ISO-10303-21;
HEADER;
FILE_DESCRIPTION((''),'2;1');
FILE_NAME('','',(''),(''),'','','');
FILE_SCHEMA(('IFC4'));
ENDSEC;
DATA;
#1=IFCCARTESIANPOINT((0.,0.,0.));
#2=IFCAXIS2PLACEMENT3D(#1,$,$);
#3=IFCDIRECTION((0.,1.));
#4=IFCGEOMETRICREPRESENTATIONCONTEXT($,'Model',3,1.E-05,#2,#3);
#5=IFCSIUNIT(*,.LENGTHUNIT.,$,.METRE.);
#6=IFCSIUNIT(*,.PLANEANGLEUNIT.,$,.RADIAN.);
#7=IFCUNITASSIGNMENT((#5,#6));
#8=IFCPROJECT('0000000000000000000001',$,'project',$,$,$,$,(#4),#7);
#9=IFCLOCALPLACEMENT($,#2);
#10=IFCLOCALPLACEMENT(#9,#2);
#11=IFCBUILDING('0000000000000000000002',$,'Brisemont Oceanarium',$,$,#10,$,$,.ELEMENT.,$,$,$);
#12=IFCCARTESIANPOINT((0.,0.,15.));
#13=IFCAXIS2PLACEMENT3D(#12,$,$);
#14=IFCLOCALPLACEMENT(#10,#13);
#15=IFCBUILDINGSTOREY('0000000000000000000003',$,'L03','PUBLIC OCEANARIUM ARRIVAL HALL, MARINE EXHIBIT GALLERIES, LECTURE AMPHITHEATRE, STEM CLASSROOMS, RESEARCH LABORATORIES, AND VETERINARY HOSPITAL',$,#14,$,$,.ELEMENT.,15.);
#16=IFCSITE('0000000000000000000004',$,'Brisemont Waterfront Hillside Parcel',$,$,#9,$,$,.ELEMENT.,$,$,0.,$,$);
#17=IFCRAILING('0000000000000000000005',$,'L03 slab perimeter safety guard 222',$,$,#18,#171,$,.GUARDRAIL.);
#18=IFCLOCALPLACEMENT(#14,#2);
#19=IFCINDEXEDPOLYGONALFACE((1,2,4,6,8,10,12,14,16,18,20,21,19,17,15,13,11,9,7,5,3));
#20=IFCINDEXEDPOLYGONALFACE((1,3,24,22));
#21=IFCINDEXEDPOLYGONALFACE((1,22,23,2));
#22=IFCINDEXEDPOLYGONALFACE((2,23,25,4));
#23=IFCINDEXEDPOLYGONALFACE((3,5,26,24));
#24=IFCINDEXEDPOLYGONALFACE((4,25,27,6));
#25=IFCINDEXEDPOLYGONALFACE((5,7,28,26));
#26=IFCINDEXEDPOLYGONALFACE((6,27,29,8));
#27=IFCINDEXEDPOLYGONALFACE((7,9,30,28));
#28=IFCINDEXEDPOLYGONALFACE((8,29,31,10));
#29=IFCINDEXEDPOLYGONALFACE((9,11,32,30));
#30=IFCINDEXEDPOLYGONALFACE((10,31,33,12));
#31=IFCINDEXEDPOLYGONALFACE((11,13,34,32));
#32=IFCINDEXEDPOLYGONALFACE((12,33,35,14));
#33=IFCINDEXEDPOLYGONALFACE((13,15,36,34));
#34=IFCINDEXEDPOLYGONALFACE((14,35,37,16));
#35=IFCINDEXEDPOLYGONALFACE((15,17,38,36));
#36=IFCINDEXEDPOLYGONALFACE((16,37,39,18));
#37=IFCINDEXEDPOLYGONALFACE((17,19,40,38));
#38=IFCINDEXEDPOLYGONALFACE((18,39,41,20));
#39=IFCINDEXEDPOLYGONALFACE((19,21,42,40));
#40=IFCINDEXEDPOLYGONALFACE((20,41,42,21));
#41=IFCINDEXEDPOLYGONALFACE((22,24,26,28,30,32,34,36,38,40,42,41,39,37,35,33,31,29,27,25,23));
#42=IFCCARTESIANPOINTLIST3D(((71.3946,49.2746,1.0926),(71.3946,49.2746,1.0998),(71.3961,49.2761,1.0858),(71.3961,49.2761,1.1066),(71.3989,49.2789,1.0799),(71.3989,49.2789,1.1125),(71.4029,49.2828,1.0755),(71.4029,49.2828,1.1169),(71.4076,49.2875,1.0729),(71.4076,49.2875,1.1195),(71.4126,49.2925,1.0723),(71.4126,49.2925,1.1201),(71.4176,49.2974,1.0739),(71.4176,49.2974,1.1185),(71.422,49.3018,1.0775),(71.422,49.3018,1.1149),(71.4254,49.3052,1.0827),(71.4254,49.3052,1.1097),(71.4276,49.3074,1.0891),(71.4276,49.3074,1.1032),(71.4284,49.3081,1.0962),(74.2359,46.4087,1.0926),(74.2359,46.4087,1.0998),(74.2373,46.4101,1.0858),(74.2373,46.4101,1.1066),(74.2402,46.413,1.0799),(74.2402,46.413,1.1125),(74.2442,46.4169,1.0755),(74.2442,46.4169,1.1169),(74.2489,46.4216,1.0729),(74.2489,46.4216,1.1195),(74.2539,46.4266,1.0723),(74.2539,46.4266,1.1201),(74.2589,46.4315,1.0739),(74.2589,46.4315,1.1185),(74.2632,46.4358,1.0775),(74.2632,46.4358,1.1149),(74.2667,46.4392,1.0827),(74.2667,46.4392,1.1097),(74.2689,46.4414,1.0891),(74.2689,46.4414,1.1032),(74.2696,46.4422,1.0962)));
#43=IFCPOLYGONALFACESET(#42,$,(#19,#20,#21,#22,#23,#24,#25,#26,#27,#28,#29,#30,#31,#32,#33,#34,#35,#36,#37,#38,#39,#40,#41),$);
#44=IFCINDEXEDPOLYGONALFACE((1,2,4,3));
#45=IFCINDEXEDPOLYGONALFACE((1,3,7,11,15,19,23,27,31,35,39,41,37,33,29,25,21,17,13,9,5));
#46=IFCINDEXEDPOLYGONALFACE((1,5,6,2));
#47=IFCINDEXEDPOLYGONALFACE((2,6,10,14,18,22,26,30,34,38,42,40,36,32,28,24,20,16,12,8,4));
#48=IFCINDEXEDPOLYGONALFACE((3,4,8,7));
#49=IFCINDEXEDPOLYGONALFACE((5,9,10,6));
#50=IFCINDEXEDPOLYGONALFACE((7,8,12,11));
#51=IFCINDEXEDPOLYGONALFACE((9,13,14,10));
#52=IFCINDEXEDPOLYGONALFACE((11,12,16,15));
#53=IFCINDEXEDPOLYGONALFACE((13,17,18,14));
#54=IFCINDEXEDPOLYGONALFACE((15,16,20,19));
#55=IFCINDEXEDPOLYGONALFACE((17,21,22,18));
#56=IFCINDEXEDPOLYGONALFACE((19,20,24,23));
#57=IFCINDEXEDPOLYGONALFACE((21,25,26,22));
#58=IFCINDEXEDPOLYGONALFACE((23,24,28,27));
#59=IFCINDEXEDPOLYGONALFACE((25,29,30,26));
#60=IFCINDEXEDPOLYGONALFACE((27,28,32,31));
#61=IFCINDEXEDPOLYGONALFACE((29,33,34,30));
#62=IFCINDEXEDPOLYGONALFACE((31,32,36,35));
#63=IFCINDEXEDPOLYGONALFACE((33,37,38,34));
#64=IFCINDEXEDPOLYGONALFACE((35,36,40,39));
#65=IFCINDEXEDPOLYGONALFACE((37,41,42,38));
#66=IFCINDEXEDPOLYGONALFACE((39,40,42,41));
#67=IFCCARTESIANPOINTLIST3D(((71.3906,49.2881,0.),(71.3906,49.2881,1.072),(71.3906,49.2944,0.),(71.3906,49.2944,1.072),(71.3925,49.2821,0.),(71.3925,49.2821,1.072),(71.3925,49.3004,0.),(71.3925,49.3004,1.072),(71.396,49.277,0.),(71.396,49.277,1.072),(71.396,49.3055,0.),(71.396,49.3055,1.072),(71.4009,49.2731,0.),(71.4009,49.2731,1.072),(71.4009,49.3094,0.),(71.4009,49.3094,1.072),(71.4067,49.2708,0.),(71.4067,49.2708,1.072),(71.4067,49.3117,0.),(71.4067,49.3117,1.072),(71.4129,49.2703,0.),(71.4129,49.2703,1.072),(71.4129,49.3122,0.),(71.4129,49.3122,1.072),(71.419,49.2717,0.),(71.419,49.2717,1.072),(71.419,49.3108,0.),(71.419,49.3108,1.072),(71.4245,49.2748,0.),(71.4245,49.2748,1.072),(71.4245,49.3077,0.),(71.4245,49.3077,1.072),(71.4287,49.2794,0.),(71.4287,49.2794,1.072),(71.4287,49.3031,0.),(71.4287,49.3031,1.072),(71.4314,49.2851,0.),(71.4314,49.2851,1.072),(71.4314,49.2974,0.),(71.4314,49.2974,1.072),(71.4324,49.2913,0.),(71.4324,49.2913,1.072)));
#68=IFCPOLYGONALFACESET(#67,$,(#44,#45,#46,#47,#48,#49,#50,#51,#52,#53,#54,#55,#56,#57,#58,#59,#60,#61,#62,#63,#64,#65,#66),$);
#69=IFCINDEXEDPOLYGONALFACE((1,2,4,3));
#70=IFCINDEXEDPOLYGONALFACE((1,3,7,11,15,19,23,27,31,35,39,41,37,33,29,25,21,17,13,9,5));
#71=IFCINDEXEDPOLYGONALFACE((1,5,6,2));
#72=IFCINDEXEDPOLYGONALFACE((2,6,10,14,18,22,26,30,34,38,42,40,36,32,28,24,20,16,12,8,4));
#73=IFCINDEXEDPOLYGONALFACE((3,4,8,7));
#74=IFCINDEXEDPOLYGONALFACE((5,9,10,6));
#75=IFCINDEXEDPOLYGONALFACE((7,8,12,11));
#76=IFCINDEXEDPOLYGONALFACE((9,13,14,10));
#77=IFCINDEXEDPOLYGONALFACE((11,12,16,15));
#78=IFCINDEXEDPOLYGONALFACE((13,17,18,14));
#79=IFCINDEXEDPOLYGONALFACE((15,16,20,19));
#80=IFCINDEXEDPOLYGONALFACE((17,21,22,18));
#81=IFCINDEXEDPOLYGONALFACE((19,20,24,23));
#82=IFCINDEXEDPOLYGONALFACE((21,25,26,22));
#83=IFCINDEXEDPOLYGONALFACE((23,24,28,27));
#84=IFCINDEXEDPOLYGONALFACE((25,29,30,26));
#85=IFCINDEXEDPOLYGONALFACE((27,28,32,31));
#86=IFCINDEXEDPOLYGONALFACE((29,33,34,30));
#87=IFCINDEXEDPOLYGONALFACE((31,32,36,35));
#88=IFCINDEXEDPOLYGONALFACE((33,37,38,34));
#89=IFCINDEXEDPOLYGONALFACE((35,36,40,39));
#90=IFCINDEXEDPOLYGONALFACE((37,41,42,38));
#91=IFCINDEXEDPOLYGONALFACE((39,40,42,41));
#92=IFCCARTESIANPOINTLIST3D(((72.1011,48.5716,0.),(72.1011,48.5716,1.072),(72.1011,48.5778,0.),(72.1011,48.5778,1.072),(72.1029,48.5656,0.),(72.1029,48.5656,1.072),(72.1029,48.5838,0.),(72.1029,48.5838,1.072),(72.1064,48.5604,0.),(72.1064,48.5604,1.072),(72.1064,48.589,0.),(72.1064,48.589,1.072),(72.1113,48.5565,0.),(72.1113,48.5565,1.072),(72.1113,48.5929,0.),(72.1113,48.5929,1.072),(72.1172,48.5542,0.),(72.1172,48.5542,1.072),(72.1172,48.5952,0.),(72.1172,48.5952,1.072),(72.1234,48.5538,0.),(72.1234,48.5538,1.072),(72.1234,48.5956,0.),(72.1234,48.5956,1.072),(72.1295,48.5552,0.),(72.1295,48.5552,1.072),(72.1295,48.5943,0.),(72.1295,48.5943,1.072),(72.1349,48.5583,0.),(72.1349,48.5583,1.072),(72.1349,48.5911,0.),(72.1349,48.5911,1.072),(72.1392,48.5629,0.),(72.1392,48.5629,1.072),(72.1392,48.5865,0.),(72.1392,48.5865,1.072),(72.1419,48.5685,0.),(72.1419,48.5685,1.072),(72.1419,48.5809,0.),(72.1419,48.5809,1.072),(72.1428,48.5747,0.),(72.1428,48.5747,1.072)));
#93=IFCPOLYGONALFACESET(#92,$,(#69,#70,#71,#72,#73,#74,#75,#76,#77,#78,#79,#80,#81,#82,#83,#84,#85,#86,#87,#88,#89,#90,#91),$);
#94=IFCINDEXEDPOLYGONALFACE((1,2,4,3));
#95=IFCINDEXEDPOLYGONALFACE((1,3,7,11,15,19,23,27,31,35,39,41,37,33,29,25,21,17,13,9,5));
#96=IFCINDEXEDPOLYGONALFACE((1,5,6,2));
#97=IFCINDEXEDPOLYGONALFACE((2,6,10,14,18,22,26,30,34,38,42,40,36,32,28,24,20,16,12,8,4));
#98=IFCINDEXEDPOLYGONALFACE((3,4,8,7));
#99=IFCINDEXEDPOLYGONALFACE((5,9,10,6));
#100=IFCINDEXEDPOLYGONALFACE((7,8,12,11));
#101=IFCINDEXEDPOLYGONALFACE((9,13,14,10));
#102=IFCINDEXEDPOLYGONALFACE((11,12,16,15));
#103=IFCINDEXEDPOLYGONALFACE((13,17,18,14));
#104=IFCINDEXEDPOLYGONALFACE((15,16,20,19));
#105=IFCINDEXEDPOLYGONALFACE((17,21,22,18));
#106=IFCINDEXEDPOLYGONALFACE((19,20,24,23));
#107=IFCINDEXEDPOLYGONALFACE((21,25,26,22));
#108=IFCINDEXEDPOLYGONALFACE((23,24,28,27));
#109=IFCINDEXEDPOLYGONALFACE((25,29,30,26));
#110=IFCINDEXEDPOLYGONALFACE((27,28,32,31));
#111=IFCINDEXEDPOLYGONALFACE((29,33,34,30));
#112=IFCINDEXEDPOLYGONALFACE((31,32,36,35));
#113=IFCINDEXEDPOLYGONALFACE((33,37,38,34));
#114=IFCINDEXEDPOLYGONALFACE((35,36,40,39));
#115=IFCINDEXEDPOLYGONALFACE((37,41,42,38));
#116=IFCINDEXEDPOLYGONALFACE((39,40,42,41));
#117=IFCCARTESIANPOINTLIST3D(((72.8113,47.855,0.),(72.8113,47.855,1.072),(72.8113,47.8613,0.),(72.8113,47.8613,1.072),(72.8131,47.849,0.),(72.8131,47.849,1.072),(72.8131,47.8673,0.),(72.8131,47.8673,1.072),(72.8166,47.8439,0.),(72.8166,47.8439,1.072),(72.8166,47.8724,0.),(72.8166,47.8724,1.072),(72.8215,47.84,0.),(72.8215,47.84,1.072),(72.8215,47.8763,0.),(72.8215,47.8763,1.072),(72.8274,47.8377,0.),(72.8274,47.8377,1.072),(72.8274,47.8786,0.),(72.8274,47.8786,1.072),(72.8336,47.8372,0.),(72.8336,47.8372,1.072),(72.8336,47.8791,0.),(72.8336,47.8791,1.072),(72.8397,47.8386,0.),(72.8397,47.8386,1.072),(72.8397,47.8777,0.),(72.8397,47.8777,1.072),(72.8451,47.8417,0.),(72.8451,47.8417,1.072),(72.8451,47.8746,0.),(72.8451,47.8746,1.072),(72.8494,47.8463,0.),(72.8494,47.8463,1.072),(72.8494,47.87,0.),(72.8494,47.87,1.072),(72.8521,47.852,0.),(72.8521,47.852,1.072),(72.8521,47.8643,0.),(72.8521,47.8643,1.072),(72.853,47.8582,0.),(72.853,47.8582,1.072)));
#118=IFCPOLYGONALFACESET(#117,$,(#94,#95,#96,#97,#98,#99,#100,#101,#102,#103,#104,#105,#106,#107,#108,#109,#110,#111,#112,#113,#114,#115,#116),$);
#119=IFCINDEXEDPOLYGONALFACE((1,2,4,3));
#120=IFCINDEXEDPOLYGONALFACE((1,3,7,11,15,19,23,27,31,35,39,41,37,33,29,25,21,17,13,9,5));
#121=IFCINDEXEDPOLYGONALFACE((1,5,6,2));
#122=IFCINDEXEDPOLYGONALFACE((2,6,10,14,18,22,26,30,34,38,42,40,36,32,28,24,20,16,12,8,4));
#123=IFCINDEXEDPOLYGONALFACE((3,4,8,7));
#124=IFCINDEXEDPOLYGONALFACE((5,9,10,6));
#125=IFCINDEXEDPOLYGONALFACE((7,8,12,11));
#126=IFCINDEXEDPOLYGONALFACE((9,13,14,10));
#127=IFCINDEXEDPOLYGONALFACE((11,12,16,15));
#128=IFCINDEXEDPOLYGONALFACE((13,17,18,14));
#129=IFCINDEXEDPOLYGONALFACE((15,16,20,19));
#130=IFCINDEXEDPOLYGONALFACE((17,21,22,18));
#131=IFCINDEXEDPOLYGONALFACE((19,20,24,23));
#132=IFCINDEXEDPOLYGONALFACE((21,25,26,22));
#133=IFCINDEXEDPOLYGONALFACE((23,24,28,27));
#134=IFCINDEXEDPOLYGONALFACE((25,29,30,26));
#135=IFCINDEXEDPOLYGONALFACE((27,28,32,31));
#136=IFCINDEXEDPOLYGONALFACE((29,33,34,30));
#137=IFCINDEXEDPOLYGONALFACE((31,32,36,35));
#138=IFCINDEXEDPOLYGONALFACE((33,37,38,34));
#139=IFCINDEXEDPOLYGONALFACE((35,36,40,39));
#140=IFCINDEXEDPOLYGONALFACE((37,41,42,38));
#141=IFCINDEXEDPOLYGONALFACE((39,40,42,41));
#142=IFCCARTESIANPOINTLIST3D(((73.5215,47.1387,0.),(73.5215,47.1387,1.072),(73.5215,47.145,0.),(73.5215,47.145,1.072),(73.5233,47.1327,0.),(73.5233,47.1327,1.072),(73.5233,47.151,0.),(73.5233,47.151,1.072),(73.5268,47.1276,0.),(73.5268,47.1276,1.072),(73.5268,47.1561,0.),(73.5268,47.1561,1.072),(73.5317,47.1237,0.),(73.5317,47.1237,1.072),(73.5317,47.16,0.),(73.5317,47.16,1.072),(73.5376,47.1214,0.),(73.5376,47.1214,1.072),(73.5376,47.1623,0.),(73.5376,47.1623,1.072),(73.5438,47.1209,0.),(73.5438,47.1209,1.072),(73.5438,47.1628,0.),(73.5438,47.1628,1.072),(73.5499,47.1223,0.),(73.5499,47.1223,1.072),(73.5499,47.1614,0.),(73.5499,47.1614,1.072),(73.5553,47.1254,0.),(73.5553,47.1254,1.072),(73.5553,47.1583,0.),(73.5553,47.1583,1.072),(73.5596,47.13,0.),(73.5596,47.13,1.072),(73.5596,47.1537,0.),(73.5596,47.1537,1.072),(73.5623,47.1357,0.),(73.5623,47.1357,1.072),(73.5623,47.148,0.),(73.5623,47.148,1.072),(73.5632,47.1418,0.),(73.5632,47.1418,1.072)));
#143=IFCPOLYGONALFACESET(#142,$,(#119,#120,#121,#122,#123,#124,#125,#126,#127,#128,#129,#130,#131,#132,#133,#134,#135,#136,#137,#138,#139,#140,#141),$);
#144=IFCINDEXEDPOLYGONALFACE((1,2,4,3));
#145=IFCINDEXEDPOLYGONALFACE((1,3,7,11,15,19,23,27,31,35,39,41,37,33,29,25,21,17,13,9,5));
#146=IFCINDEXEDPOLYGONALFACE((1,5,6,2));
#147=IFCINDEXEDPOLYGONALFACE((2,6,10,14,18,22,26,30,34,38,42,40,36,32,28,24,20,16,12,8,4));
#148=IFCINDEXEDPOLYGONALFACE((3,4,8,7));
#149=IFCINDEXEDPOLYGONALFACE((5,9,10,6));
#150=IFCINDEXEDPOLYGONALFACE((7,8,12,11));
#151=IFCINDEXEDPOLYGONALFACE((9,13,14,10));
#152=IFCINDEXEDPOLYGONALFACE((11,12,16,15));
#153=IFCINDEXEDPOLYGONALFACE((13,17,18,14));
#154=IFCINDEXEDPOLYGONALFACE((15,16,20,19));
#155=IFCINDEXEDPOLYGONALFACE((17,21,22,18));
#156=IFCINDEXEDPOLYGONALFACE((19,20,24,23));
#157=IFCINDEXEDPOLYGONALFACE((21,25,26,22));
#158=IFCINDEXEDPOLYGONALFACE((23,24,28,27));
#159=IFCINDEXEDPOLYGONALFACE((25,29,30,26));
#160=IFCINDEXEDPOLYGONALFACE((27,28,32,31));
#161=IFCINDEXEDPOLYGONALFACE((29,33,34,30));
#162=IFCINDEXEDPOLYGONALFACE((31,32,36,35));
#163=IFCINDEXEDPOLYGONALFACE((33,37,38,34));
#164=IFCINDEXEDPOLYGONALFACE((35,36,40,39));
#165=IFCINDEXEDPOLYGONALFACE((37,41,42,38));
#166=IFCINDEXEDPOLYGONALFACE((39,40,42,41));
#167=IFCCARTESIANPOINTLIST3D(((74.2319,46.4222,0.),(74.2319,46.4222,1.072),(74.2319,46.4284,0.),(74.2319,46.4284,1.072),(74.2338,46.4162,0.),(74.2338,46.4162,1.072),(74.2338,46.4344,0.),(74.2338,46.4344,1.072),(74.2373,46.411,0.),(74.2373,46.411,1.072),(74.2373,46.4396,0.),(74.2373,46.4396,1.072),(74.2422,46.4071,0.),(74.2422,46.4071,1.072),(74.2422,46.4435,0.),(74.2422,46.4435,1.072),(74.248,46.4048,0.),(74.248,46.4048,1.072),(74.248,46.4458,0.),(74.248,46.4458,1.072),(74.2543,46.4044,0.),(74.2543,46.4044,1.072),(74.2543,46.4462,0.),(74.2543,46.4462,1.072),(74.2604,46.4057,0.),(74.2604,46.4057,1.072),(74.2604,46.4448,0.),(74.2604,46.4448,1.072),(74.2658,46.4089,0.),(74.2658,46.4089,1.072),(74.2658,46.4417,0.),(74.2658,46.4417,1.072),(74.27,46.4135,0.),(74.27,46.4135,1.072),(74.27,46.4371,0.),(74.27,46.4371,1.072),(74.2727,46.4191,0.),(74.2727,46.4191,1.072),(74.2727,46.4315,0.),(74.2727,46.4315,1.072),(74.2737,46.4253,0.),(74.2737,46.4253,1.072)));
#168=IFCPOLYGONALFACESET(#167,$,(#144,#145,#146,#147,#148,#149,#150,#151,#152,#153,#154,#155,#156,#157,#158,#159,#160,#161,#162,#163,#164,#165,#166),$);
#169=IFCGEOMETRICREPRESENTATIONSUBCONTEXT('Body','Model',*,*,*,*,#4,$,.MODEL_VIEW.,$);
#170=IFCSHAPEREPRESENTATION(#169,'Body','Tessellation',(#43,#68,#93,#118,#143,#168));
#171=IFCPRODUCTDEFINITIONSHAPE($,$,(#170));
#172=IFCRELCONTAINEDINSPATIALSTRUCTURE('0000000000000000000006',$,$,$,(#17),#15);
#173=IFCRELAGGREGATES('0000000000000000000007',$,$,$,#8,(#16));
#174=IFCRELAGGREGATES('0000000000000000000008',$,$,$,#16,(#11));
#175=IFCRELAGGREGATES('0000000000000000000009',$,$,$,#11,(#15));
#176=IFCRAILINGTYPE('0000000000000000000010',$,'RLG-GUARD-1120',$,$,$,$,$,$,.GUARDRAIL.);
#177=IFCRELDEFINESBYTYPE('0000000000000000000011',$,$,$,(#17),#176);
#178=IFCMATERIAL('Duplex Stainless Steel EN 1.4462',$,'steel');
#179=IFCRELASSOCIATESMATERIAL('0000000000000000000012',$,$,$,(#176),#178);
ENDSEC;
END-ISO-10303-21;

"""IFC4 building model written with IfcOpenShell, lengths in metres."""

from ifc_helpers import new_model, si_unit, direction, frame, origin, origin_2d, place, context, subcontext, project, spatial, circle, extrude, material, type_object, element, save


model = new_model("IFC4")

# Units and contexts
model_context = context("Model", 3, precision=1e-05, world=origin(), true_north=direction((0.0, 1.0)))
body_context = subcontext(model_context, "Body", "Model", "MODEL_VIEW")
ifc_project = project(units=[si_unit("LENGTHUNIT", "METRE"), si_unit("PLANEANGLEUNIT", "RADIAN")], contexts=[model_context])

# Site, building, storey
site_placement = place(None, origin())
site = spatial("IfcSite", under=ifc_project, at=site_placement, Name="Brisemont Waterfront Hillside Parcel", CompositionType="ELEMENT", RefElevation=0.0)
building_placement = place(site_placement, origin())
building = spatial("IfcBuilding", under=site, at=building_placement, Name="Brisemont Oceanarium", CompositionType="ELEMENT")
storey_placement = place(building_placement, frame((0.0, 0.0, 15.0)))
storey = spatial("IfcBuildingStorey", under=building, at=storey_placement, Name="L03", Description="PUBLIC OCEANARIUM ARRIVAL HALL, MARINE EXHIBIT GALLERIES, LECTURE AMPHITHEATRE, STEM CLASSROOMS, RESEARCH LABORATORIES, AND VETERINARY HOSPITAL", CompositionType="ELEMENT", Elevation=15.0)

# Railing
ifc_material_1 = material(Name="Duplex Stainless Steel EN 1.4462", Category="steel")
railing_type_1 = type_object("IfcRailingType", Name="RLG-GUARD-1120", PredefinedType="GUARDRAIL", material=ifc_material_1)
railing_1_placement = place(storey_placement, frame((71.4114, 49.2913, 0.0)))
element("IfcRailing", 1, at=railing_1_placement, inside=storey, type_object=railing_type_1, Name="L03 slab perimeter safety guard 222", PredefinedType="GUARDRAIL", context=body_context, shape_type="SweptSolid", body=[
    extrude(circle(Radius=0.0239, at=origin_2d()), frame((0.0, 0.0, 1.0962), z_axis=(0.704045, -0.710155, 0.0), x_axis=(0.710155, 0.704045, 0.0)), (0.0, 0.0, 1.0), 4.0356),
    extrude(circle(Radius=0.021, at=origin_2d()), origin(), (0.0, 0.0, 1.0), 1.072),
    extrude(circle(Radius=0.021, at=origin_2d()), frame((0.7104, -0.7166, 0.0)), (0.0, 0.0, 1.0), 1.072),
    extrude(circle(Radius=0.021, at=origin_2d()), frame((1.4207, -1.4331, 0.0)), (0.0, 0.0, 1.0), 1.072),
    extrude(circle(Radius=0.021, at=origin_2d()), frame((2.1309, -2.1494, 0.0)), (0.0, 0.0, 1.0), 1.072),
    extrude(circle(Radius=0.021, at=origin_2d()), frame((2.8413, -2.866, 0.0)), (0.0, 0.0, 1.0), 1.072),
])

save(model, "model.ifc")
